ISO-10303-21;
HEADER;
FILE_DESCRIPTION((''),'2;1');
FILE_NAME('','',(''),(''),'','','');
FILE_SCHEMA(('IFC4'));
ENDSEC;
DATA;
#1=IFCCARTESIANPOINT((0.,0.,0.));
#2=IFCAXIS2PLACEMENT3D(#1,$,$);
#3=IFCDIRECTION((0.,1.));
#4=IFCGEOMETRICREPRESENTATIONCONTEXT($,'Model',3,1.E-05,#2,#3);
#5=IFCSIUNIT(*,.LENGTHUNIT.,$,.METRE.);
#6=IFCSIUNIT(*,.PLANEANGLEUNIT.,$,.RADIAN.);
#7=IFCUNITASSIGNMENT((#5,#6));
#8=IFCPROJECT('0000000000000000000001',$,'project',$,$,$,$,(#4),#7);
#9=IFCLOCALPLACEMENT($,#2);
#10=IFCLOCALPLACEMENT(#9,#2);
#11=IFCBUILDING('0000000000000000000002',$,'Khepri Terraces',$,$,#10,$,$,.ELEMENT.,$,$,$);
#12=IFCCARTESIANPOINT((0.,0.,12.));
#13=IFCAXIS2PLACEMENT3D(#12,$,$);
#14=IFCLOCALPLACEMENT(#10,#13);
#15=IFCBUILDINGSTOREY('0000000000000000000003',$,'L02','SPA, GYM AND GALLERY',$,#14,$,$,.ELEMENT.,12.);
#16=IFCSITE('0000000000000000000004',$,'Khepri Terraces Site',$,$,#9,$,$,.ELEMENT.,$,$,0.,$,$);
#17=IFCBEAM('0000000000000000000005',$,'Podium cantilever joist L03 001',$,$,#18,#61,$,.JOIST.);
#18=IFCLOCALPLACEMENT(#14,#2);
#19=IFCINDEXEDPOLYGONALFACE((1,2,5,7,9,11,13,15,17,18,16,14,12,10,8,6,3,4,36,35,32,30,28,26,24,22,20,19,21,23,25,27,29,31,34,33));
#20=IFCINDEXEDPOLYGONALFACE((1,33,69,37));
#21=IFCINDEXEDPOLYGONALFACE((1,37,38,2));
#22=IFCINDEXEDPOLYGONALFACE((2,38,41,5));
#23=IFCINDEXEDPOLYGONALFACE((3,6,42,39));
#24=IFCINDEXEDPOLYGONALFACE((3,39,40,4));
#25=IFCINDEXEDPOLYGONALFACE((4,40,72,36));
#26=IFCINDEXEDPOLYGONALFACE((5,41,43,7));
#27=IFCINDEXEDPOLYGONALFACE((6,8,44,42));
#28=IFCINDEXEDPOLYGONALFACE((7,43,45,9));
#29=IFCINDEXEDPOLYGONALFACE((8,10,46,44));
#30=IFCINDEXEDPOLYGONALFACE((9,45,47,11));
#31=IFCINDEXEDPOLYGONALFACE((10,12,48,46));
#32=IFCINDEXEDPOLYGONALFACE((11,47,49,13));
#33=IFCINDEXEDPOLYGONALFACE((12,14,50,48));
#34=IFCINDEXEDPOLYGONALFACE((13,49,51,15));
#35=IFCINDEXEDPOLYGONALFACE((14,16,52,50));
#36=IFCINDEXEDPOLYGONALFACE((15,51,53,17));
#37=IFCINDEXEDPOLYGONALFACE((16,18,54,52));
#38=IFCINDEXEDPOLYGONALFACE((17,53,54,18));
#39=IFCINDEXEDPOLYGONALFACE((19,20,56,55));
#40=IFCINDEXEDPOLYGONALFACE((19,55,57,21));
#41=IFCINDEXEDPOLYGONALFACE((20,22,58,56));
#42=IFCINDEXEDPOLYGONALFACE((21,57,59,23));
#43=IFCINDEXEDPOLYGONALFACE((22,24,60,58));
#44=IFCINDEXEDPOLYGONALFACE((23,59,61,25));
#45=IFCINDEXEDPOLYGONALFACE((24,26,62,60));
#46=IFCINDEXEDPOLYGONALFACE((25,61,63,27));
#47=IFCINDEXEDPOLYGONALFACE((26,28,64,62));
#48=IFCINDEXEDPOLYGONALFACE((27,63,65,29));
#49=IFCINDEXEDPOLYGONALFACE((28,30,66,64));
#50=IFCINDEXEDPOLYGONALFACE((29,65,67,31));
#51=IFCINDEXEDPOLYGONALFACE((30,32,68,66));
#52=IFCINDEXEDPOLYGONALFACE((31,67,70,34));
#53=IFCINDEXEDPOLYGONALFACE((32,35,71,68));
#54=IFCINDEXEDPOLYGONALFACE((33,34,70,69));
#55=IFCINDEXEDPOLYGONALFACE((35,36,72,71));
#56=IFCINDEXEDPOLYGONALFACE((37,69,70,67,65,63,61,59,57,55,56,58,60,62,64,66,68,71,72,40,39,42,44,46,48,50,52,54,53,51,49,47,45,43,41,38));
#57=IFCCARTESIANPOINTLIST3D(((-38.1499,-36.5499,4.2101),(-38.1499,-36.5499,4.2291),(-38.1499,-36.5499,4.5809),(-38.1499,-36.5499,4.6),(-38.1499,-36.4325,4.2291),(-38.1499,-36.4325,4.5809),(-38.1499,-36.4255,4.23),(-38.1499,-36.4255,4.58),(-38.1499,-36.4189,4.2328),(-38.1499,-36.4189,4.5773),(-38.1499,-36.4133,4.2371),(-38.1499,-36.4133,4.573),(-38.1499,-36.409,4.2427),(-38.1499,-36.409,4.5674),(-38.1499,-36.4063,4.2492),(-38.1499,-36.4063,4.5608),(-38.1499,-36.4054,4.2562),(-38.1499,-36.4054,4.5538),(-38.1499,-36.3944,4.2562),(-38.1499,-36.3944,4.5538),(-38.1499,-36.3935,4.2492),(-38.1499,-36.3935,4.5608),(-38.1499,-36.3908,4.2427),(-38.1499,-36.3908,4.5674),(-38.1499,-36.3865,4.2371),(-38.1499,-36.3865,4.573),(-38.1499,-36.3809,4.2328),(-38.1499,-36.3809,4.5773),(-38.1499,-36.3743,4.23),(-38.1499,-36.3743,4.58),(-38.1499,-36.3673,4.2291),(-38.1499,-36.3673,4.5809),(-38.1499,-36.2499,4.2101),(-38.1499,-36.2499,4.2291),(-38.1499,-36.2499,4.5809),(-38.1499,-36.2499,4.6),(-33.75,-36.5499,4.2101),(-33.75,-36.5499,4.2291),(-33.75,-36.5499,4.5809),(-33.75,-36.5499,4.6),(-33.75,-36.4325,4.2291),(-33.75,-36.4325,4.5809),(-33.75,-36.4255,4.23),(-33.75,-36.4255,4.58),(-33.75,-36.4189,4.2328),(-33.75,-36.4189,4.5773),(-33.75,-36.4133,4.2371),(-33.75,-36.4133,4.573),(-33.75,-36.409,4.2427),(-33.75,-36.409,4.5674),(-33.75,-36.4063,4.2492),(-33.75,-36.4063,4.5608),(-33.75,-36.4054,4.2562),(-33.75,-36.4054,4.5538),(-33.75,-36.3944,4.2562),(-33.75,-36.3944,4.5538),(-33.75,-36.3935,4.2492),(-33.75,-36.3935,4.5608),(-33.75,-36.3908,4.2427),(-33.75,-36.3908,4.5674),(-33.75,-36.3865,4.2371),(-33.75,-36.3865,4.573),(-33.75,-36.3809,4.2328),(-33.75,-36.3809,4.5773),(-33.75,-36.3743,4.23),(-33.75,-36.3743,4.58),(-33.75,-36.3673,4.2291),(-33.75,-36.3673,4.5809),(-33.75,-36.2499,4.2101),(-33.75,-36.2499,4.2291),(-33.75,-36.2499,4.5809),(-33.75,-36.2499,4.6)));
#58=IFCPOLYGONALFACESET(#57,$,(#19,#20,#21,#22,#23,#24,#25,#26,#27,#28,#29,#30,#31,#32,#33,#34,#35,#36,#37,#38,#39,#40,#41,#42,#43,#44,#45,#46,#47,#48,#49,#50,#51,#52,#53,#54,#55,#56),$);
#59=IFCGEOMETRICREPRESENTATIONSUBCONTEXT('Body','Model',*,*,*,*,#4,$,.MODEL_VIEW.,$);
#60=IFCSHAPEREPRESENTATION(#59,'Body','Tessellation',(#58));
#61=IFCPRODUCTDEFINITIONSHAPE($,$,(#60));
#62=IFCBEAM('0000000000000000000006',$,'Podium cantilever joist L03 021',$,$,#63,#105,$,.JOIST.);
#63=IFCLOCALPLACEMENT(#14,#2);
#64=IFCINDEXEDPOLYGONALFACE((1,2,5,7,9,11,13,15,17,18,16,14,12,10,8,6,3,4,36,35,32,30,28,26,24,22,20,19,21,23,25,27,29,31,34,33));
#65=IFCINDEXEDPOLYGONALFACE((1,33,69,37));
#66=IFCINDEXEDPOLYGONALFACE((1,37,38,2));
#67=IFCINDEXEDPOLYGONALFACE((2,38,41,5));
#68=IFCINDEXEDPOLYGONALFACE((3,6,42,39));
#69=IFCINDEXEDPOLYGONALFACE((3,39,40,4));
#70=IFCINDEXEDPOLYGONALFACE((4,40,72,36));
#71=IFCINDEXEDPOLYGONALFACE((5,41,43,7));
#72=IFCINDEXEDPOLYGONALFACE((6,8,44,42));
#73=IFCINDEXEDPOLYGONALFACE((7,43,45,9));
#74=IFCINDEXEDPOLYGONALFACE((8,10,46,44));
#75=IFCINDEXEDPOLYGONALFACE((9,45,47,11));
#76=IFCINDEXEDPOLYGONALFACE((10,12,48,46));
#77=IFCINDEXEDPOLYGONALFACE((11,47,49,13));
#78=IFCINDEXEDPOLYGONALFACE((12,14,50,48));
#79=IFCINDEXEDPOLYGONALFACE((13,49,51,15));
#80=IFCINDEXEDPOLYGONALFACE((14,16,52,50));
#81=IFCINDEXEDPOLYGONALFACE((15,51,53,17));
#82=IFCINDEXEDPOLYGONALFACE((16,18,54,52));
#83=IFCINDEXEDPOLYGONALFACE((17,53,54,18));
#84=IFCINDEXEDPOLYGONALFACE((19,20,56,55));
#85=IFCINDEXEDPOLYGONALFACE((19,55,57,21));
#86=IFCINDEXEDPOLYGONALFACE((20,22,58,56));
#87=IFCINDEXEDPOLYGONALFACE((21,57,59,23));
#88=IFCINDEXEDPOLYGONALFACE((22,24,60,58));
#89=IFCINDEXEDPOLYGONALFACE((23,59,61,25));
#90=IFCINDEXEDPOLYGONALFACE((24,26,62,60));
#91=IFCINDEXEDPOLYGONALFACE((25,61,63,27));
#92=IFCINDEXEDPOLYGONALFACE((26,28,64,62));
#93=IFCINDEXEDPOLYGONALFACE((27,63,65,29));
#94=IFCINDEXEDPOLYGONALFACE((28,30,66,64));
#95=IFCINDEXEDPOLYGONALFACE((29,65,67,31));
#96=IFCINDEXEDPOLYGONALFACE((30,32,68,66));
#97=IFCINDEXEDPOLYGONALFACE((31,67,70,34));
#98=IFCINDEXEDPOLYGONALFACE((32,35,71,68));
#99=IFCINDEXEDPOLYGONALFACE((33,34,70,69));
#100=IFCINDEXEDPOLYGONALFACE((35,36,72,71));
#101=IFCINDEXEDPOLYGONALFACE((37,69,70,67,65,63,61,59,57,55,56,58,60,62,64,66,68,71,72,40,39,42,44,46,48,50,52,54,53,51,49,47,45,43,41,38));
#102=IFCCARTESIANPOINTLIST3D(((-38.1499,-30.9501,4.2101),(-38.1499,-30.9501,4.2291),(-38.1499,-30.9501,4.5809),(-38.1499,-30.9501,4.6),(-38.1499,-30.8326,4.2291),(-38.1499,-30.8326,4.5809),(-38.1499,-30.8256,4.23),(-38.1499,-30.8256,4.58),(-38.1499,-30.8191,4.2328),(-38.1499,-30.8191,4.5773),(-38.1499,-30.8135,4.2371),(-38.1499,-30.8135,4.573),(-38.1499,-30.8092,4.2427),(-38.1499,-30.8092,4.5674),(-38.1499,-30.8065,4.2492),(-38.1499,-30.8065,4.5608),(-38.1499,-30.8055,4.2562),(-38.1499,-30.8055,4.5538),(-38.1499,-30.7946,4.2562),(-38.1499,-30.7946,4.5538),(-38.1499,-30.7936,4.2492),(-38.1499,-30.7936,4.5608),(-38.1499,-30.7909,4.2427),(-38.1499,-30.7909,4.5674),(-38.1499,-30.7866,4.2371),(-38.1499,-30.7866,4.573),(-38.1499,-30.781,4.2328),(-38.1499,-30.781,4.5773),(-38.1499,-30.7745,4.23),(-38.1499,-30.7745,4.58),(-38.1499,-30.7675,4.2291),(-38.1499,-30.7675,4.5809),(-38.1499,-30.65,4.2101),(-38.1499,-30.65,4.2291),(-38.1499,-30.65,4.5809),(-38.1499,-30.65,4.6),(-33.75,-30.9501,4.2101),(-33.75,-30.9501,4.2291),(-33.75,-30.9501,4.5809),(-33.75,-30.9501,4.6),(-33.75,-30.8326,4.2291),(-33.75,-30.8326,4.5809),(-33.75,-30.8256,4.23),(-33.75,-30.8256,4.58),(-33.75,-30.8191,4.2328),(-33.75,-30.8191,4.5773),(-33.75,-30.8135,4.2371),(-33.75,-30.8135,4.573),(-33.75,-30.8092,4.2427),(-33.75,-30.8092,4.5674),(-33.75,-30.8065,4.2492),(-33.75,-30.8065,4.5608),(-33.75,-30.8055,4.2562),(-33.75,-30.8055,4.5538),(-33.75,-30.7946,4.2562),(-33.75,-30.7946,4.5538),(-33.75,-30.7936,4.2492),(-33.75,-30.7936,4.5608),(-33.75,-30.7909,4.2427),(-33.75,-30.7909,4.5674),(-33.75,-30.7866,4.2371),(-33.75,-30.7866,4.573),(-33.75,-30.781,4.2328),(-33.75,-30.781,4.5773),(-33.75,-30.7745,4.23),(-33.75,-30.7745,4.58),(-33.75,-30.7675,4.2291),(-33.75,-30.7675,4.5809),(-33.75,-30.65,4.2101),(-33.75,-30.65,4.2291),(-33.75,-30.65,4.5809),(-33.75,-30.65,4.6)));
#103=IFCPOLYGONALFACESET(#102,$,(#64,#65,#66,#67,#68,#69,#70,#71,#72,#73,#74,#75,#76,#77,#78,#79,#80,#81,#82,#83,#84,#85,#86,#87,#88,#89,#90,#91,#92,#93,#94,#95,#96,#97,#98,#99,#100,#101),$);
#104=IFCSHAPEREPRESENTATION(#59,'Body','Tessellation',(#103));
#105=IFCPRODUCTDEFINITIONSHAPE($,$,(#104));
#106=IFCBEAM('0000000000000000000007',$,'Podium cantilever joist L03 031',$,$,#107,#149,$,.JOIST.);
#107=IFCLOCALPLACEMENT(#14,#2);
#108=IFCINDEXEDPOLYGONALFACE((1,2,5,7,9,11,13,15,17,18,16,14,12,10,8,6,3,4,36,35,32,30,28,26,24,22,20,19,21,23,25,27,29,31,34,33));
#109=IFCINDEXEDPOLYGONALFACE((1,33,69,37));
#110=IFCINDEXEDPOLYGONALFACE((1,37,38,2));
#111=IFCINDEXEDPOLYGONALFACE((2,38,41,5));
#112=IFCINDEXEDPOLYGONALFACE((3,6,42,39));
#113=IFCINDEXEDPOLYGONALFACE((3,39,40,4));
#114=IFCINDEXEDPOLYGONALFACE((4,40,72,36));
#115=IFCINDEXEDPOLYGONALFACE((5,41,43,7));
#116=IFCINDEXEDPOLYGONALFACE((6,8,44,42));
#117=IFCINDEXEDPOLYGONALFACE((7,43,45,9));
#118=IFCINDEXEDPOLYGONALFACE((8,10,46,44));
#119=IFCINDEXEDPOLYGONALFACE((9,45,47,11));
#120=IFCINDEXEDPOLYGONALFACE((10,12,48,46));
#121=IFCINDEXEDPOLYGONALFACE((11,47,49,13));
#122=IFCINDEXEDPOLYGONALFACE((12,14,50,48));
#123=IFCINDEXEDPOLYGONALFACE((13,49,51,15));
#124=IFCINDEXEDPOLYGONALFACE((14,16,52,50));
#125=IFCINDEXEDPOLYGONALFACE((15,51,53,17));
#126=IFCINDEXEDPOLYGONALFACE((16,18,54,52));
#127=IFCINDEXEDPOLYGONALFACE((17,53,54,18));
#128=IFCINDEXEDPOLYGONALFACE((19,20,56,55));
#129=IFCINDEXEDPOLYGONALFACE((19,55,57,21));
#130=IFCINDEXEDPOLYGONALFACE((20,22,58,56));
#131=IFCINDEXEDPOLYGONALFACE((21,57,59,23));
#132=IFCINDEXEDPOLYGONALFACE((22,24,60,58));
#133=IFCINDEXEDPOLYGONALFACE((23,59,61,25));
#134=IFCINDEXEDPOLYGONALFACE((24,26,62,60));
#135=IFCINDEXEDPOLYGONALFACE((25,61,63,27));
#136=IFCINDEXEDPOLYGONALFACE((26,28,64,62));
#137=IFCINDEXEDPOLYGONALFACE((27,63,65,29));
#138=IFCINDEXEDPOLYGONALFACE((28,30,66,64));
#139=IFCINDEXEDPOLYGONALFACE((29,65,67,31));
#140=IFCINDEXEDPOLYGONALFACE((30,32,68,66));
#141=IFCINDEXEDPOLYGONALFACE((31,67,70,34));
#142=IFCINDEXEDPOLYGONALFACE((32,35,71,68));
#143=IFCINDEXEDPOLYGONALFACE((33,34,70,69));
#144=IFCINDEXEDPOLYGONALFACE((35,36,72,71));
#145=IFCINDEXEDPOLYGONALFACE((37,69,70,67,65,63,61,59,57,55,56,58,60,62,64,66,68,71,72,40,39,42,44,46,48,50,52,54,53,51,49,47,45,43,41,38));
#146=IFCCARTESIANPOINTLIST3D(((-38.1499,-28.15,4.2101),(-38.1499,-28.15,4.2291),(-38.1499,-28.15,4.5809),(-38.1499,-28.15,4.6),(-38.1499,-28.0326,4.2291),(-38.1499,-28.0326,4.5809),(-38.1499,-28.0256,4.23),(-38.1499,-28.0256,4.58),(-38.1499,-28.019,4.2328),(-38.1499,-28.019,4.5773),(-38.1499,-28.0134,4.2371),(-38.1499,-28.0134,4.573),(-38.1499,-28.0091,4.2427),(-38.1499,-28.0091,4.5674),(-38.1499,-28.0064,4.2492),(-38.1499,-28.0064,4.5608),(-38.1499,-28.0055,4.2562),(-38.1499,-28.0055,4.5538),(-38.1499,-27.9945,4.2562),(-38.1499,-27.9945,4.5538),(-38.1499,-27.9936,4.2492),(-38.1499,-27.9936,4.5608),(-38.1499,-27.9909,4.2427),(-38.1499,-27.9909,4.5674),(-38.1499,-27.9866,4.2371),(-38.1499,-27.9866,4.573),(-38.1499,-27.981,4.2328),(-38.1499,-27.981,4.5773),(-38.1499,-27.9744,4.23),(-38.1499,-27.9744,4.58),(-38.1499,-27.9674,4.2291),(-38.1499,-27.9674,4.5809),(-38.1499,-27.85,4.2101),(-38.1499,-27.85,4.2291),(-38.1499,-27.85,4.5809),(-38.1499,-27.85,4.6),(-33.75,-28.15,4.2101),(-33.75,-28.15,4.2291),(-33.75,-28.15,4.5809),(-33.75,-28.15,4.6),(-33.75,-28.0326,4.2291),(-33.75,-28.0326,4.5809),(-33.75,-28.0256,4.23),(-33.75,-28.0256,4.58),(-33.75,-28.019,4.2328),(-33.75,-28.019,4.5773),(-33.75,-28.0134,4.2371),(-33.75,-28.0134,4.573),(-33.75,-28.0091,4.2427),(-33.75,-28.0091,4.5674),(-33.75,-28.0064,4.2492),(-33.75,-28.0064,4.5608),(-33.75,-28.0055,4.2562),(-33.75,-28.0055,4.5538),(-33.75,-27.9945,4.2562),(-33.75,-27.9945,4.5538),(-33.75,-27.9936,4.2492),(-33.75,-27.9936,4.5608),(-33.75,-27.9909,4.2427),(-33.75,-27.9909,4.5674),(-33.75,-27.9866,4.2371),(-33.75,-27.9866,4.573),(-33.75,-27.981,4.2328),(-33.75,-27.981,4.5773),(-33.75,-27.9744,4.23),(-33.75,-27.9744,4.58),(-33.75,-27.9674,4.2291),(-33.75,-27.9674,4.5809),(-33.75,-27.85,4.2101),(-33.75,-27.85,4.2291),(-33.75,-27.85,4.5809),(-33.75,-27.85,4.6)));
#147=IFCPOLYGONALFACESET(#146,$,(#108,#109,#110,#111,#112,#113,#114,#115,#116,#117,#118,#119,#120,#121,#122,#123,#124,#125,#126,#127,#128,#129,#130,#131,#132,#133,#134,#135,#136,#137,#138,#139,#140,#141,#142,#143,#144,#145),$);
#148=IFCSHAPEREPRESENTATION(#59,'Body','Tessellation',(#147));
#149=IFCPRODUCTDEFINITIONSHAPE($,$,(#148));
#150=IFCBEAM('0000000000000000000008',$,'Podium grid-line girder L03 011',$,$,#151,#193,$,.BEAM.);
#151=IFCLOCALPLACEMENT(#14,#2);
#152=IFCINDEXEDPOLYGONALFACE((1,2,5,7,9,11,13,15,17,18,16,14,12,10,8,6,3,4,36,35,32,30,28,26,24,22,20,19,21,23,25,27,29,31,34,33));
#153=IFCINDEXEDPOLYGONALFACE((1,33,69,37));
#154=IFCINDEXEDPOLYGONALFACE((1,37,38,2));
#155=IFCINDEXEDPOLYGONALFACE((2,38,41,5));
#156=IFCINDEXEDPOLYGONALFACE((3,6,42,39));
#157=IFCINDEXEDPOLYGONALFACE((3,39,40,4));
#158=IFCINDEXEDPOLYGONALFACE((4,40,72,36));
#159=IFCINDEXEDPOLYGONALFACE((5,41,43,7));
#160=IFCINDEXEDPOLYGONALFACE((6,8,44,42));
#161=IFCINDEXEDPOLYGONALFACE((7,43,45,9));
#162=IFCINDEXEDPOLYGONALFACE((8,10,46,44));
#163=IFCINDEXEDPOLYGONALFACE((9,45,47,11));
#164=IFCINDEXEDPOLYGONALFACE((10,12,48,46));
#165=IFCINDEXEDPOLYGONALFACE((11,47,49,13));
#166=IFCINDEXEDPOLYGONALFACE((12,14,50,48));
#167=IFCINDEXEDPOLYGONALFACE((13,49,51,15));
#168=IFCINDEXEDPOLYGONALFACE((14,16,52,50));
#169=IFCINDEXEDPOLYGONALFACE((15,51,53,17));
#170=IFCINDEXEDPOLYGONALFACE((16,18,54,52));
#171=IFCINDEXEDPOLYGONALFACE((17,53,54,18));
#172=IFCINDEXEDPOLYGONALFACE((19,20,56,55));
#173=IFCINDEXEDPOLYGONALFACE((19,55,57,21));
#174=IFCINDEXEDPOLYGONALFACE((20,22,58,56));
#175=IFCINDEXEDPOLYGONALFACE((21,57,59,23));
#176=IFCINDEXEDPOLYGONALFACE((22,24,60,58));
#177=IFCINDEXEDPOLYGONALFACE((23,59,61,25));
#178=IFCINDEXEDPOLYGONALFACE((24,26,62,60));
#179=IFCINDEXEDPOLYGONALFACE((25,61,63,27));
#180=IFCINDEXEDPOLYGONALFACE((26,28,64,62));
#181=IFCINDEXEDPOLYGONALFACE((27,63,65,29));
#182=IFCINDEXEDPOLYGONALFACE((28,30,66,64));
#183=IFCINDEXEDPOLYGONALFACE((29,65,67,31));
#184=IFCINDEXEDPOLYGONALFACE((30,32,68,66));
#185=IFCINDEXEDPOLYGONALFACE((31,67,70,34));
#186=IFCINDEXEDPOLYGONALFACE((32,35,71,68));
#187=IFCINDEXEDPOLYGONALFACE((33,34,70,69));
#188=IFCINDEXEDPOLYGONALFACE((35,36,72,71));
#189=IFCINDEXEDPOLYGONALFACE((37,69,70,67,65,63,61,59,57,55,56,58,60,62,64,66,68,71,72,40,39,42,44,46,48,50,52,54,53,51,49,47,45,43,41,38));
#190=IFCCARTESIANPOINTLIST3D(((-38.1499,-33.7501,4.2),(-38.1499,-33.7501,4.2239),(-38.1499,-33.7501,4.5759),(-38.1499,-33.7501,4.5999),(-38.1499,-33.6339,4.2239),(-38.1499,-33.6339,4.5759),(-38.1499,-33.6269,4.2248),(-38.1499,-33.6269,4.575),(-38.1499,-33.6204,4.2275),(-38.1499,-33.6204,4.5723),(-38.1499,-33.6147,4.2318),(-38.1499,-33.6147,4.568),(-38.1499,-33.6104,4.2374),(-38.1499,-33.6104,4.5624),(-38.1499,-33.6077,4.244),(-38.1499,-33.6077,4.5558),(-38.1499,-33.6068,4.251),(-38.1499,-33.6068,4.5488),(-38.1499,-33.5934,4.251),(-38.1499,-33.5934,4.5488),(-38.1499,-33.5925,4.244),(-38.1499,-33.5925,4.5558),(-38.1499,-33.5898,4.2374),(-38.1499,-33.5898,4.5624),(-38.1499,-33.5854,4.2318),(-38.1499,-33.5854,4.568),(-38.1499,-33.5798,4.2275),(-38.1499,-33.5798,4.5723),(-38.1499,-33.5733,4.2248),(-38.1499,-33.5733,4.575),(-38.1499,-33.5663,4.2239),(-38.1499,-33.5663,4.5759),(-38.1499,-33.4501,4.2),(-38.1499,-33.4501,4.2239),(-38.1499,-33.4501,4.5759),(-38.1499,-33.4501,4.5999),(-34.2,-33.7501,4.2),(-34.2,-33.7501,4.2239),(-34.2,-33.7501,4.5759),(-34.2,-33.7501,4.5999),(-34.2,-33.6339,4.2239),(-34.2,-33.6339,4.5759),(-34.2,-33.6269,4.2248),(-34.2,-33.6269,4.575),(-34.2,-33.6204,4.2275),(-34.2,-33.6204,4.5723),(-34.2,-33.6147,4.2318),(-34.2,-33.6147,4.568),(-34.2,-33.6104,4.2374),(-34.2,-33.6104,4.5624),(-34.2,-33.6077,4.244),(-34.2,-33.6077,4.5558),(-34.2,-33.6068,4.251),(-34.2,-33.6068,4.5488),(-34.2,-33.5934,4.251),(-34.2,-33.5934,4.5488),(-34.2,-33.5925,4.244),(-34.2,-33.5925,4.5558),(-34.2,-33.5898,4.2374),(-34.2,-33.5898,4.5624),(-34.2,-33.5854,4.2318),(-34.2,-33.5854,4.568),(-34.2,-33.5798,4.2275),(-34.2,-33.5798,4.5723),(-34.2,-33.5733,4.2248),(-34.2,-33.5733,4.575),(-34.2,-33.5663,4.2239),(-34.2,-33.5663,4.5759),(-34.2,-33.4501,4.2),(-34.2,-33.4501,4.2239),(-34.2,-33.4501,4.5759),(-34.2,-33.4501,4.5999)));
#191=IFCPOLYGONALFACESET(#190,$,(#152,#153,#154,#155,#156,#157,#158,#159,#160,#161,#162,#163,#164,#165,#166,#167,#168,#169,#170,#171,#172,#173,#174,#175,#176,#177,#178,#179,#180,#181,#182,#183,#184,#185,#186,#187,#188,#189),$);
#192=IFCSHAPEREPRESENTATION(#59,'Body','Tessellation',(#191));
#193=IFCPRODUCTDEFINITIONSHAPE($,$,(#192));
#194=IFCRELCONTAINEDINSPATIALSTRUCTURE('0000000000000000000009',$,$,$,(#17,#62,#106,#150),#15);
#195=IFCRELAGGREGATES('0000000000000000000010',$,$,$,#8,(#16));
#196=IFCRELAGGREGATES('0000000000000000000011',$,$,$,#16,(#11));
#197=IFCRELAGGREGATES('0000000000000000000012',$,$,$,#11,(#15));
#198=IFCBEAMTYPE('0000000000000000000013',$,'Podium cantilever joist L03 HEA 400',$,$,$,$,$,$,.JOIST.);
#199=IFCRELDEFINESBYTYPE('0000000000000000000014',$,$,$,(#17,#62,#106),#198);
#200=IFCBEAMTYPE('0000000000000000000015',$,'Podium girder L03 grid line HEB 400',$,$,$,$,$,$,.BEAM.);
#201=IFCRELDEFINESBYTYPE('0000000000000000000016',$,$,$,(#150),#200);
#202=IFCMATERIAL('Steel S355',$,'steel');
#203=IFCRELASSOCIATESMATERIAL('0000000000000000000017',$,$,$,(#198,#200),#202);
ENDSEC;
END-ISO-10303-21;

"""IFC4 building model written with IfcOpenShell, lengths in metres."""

from ifc_helpers import new_model, si_unit, direction, frame, origin, origin_2d, place, context, subcontext, project, spatial, i_section, extrude, material, material_profile, profile_set, type_object, element, save


model = new_model("IFC4")

# Units and contexts
model_context = context("Model", 3, precision=1e-05, world=origin(), true_north=direction((0.0, 1.0)))
body_context = subcontext(model_context, "Body", "Model", "MODEL_VIEW")
ifc_project = project(units=[si_unit("LENGTHUNIT", "METRE"), si_unit("PLANEANGLEUNIT", "RADIAN")], contexts=[model_context])

# Site, building, storey
site_placement = place(None, origin())
site = spatial("IfcSite", under=ifc_project, at=site_placement, Name="Khepri Terraces Site", CompositionType="ELEMENT", RefElevation=0.0)
building_placement = place(site_placement, origin())
building = spatial("IfcBuilding", under=site, at=building_placement, Name="Khepri Terraces", CompositionType="ELEMENT")
storey_placement = place(building_placement, frame((0.0, 0.0, 12.0)))
storey = spatial("IfcBuildingStorey", under=building, at=storey_placement, Name="L02", Description="SPA, GYM AND GALLERY", CompositionType="ELEMENT", Elevation=12.0)

# Beams
ifc_material_1 = material(Name="Steel S355", Category="steel")
ifc_material_profile_1 = material_profile(ifc_material_1, i_section(OverallWidth=0.3, OverallDepth=0.3899, WebThickness=0.011, FlangeThickness=0.019, FilletRadius=0.0271, at=origin_2d()), Name="Steel S355", Category="steel")
ifc_profile_set_1 = profile_set([ifc_material_profile_1], Name="Steel S355")
beam_type_1 = type_object("IfcBeamType", Name="Podium cantilever joist L03 HEA 400", PredefinedType="JOIST", material=ifc_profile_set_1)
for number, where, z_axis, x_axis, name in (
    (1, (-38.1499, -36.3999, 4.405), (1.0, 0.0, 0.0), (0.0, 1.0, 0.0), "Podium cantilever joist L03 001"),
    (2, (-38.1499, -30.8, 4.405), (1.0, 0.0, 0.0), (0.0, 1.0, 0.0), "Podium cantilever joist L03 021"),
    (3, (-38.1499, -28.0, 4.405), (1.0, 0.0, 0.0), (0.0, 1.0, 0.0), "Podium cantilever joist L03 031"),
):
    element("IfcBeam", number, at=place(storey_placement, frame(where, z_axis=z_axis, x_axis=x_axis)), inside=storey, type_object=beam_type_1, Name=name, PredefinedType="JOIST", context=body_context, shape_type="SweptSolid", body=[
        extrude(i_section(OverallWidth=0.3, OverallDepth=0.3899, WebThickness=0.011, FlangeThickness=0.019, FilletRadius=0.0271, at=origin_2d()), origin(), (0.0, 0.0, 1.0), 4.3999),
    ])
ifc_material_profile_2 = material_profile(ifc_material_1, i_section(OverallWidth=0.3, OverallDepth=0.3999, WebThickness=0.0134, FlangeThickness=0.0239, FilletRadius=0.0271, at=origin_2d()), Name="Steel S355", Category="steel")
ifc_profile_set_2 = profile_set([ifc_material_profile_2], Name="Steel S355")
beam_type_2 = type_object("IfcBeamType", Name="Podium girder L03 grid line HEB 400", PredefinedType="BEAM", material=ifc_profile_set_2)
for number, where, z_axis, x_axis, name in (
    (4, (-38.1499, -33.6001, 4.3999), (1.0, 0.0, 0.0), (0.0, 1.0, 0.0), "Podium grid-line girder L03 011"),
):
    element("IfcBeam", number, at=place(storey_placement, frame(where, z_axis=z_axis, x_axis=x_axis)), inside=storey, type_object=beam_type_2, Name=name, PredefinedType="BEAM", context=body_context, shape_type="SweptSolid", body=[
        extrude(i_section(OverallWidth=0.3, OverallDepth=0.3999, WebThickness=0.0134, FlangeThickness=0.0239, FilletRadius=0.0271, at=origin_2d()), origin(), (0.0, 0.0, 1.0), 3.95),
    ])

save(model, "model.ifc")
